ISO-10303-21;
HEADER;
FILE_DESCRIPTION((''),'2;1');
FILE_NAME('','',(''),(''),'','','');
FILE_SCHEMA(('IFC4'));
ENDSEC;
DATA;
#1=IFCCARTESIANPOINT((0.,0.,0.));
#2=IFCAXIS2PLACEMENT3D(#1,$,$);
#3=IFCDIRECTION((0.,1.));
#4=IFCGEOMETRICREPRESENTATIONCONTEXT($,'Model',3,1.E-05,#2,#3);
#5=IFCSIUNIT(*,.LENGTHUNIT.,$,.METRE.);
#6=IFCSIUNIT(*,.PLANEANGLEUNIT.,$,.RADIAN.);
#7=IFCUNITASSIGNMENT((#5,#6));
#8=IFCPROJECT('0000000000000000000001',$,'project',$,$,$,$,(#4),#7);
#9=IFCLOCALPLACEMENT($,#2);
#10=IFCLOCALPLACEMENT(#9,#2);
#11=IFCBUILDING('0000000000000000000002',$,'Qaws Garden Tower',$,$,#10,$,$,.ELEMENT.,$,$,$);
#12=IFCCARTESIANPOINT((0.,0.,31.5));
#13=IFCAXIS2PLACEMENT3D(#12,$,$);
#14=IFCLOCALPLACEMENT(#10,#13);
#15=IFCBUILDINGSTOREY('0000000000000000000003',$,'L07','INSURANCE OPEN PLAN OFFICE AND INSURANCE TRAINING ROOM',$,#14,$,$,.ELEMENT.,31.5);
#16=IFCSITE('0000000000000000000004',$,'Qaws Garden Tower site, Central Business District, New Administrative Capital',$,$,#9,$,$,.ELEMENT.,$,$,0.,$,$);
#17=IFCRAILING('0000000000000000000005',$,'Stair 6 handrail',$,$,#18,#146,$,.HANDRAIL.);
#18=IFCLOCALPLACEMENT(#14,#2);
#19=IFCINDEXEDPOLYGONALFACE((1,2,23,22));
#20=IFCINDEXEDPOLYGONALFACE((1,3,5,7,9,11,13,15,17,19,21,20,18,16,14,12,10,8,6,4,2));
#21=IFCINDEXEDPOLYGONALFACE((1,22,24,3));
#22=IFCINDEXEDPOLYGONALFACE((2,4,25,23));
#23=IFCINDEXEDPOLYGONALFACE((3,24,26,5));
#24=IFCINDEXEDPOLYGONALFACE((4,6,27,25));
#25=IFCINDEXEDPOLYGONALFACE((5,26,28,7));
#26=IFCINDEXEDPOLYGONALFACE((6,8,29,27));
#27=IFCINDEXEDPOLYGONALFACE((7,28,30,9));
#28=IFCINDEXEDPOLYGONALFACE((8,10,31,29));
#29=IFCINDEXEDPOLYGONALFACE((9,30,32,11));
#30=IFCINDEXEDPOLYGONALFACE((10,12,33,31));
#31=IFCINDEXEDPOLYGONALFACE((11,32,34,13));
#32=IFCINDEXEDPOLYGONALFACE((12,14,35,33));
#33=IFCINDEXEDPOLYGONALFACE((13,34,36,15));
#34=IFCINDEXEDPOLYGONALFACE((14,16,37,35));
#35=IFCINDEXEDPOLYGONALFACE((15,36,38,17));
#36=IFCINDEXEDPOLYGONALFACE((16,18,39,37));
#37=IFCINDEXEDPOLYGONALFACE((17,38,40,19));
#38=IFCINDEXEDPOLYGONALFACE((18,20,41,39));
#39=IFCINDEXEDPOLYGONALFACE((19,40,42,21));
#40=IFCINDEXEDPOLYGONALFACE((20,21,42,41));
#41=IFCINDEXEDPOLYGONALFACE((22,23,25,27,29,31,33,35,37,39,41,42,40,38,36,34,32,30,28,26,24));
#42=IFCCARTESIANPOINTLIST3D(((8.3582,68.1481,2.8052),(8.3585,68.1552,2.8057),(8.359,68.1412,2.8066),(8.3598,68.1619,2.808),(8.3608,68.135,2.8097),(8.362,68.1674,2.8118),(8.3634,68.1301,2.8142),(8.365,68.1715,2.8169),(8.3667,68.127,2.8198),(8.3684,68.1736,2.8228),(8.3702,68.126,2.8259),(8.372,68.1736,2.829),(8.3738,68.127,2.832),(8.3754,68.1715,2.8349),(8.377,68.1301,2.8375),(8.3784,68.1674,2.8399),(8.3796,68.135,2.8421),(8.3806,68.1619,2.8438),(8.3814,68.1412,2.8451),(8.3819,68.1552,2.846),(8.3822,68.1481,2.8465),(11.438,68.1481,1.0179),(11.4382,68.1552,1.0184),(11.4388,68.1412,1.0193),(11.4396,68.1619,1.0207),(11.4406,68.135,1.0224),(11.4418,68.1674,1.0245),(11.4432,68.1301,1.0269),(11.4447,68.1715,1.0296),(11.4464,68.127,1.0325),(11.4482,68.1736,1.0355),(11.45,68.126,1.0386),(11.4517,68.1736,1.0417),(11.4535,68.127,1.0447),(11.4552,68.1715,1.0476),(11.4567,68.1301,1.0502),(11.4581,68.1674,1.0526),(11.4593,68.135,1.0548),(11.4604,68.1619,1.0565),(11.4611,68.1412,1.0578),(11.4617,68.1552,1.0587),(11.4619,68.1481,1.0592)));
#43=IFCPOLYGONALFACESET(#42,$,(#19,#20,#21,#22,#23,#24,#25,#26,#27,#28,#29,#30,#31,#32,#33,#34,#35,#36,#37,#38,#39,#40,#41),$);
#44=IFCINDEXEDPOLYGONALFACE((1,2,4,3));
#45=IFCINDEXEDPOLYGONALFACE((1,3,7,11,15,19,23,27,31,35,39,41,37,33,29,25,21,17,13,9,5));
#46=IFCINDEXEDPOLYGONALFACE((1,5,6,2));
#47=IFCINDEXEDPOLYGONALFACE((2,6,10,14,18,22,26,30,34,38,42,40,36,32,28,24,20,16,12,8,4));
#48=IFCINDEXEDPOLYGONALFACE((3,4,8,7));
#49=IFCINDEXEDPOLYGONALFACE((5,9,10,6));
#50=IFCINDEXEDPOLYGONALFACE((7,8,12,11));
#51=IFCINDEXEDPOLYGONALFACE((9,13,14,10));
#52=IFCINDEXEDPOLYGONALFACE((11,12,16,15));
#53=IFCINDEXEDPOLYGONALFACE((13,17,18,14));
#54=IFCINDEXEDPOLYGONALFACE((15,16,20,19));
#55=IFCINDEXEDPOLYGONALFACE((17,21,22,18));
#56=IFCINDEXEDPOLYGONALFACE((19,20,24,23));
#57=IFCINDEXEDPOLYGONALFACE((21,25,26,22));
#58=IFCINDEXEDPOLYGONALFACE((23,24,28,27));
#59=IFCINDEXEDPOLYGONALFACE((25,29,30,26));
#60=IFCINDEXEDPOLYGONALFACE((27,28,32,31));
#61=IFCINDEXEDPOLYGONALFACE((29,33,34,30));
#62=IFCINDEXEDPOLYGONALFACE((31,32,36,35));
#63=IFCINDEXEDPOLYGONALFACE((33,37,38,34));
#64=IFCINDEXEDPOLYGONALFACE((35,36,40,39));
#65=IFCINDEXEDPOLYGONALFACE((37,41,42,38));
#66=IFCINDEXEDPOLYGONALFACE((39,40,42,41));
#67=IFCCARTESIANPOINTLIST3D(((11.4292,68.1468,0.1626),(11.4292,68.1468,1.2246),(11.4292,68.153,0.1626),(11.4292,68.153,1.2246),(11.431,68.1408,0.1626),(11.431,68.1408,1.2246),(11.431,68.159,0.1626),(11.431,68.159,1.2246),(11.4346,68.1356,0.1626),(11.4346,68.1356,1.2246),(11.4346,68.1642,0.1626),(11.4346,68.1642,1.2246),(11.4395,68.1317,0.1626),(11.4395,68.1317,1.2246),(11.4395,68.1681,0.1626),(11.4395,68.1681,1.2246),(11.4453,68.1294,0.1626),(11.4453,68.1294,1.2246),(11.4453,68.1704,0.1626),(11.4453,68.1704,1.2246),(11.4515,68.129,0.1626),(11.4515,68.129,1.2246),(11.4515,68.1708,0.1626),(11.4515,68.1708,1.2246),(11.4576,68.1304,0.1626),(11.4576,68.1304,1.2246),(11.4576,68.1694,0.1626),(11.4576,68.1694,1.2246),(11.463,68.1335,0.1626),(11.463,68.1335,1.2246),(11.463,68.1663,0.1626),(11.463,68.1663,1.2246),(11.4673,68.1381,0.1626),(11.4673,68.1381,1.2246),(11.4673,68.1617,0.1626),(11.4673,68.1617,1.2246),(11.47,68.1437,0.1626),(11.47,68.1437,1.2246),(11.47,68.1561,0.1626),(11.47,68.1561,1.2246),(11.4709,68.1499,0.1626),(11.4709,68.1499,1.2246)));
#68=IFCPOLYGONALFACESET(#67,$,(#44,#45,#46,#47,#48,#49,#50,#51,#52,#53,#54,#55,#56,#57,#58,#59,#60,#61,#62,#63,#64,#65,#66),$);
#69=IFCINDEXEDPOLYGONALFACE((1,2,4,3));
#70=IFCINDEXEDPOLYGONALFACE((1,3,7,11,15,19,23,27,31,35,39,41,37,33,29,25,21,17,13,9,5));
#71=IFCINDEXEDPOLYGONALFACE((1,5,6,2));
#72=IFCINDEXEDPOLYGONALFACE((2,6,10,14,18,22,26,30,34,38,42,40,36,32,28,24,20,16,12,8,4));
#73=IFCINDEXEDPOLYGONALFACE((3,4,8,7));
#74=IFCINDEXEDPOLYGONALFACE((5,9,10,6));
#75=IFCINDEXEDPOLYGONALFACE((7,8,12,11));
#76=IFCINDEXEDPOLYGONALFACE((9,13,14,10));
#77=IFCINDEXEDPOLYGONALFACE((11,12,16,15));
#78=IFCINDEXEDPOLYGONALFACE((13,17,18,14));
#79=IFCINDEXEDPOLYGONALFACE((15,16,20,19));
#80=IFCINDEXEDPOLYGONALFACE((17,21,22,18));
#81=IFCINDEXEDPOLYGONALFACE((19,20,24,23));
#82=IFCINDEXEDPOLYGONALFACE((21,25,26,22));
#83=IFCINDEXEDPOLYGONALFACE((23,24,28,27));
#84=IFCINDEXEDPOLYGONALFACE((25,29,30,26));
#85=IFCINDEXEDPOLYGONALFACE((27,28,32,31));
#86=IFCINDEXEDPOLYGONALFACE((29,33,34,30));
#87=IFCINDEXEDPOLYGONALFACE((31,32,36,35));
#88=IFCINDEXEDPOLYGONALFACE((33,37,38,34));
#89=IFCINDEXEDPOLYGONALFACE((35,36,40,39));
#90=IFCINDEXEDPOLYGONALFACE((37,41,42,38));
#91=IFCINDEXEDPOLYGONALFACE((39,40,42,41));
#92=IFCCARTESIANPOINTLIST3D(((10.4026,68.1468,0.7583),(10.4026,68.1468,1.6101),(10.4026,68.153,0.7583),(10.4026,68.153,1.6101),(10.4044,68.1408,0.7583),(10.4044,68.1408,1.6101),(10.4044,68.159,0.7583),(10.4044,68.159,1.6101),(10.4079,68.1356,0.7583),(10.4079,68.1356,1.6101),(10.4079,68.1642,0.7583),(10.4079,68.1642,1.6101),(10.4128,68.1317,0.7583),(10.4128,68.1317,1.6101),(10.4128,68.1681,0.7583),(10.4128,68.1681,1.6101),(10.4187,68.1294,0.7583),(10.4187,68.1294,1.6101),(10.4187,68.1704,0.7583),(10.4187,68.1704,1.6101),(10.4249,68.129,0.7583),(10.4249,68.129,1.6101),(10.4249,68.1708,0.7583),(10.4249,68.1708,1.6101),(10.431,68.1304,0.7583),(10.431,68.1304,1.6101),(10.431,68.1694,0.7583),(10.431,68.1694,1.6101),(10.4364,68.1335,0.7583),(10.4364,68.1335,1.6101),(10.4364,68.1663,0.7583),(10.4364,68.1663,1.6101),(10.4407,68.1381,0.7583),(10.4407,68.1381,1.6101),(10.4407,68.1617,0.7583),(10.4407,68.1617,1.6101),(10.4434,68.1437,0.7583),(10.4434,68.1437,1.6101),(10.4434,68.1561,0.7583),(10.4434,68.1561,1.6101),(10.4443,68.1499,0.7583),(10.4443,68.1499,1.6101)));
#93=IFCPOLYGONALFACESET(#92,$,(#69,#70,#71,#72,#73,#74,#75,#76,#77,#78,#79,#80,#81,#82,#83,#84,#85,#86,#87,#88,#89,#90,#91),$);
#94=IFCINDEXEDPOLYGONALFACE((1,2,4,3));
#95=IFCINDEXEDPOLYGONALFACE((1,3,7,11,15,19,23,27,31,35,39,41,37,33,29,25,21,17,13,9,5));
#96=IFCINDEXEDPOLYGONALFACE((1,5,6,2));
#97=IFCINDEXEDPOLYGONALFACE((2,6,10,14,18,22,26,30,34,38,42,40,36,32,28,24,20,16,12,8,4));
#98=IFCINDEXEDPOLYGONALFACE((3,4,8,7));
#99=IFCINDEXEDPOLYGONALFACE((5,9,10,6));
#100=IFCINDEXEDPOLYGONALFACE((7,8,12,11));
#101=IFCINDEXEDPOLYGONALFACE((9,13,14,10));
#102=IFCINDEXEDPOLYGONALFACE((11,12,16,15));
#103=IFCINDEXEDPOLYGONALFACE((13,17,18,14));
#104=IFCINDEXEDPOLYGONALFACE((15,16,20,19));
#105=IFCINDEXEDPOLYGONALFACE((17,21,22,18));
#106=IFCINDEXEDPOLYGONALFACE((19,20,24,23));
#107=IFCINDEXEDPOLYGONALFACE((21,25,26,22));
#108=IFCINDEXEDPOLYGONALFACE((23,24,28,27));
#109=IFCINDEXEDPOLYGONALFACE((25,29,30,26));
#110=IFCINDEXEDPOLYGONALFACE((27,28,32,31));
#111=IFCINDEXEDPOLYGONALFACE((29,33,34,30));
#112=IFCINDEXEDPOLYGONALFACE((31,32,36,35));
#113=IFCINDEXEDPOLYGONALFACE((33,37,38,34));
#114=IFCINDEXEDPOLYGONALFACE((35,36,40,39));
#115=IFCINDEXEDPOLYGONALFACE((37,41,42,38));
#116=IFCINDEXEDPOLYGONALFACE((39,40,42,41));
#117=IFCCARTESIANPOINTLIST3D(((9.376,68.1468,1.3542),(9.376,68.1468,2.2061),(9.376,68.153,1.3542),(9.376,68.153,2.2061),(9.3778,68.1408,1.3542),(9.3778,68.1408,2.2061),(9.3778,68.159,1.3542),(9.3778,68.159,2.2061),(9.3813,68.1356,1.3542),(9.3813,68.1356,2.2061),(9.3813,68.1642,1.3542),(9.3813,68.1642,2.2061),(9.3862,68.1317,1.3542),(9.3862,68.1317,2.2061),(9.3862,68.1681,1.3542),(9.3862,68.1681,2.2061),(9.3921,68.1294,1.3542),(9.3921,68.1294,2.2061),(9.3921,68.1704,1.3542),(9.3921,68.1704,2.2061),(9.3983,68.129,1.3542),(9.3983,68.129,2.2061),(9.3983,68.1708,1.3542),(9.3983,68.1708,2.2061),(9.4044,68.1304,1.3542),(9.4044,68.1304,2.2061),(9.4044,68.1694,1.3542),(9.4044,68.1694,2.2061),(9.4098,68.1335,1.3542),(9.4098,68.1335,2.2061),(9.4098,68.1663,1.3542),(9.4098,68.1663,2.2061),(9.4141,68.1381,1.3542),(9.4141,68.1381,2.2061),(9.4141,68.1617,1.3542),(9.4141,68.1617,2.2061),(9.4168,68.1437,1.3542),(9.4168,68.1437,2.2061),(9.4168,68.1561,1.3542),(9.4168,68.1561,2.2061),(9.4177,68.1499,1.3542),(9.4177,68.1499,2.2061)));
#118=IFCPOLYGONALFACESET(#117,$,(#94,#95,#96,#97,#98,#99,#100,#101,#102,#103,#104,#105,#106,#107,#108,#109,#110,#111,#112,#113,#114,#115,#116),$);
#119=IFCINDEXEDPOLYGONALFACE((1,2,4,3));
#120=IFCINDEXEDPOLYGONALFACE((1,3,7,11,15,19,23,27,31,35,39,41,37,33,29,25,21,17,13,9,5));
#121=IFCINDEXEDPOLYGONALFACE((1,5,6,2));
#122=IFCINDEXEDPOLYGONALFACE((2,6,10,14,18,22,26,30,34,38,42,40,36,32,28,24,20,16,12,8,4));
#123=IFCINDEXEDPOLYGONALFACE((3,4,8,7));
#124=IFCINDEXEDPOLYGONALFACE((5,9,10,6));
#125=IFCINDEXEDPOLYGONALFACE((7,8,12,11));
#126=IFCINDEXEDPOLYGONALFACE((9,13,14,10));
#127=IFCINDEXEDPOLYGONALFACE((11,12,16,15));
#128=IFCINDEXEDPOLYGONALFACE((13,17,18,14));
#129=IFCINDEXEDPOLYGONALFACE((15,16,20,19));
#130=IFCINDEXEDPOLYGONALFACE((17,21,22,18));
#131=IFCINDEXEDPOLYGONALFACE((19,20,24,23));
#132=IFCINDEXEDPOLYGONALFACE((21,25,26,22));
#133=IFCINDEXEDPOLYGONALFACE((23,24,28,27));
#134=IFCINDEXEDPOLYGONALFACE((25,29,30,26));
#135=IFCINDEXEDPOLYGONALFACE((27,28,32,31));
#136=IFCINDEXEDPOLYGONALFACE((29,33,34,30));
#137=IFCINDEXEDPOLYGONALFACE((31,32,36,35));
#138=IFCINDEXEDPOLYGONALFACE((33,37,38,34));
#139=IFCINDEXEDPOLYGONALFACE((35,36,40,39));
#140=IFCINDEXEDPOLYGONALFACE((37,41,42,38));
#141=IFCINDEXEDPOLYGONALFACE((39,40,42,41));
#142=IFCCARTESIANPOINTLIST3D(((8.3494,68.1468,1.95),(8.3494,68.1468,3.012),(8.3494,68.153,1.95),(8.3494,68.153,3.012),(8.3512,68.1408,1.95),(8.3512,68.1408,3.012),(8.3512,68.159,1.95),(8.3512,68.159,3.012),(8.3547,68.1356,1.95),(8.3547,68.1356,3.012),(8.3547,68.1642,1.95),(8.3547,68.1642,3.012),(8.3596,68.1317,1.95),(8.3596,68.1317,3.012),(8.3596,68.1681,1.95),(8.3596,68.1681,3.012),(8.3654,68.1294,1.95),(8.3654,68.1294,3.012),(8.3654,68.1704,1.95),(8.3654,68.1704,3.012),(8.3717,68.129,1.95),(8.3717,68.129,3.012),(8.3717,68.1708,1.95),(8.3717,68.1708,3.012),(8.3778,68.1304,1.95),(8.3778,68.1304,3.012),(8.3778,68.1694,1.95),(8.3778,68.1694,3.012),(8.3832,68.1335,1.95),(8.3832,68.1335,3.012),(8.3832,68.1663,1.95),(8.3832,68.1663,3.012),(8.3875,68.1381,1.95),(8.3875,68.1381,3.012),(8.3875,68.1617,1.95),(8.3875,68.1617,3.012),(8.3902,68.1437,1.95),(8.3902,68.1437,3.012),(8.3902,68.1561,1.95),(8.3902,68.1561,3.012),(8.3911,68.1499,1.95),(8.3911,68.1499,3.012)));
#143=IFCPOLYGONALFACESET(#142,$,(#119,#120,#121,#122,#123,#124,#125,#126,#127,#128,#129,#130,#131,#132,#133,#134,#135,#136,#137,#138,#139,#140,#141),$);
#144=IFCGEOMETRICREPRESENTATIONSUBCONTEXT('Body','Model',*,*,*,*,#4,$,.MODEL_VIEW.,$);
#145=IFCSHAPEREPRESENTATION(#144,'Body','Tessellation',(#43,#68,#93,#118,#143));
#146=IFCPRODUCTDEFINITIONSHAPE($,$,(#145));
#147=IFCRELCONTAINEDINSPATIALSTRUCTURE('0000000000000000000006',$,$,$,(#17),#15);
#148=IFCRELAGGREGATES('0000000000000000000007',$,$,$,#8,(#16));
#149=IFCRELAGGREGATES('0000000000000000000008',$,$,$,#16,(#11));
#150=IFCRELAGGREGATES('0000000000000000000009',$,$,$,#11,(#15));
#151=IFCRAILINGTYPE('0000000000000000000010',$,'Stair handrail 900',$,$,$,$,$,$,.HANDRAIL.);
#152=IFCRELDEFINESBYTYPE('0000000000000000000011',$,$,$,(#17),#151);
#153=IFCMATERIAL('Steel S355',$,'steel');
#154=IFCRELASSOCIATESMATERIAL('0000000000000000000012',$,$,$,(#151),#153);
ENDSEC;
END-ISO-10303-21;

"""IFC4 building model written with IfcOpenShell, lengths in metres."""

from ifc_helpers import new_model, si_unit, direction, frame, origin, origin_2d, place, context, subcontext, project, spatial, circle, extrude, material, type_object, element, save


model = new_model("IFC4")

# Units and contexts
model_context = context("Model", 3, precision=1e-05, world=origin(), true_north=direction((0.0, 1.0)))
body_context = subcontext(model_context, "Body", "Model", "MODEL_VIEW")
ifc_project = project(units=[si_unit("LENGTHUNIT", "METRE"), si_unit("PLANEANGLEUNIT", "RADIAN")], contexts=[model_context])

# Site, building, storey
site_placement = place(None, origin())
site = spatial("IfcSite", under=ifc_project, at=site_placement, Name="Qaws Garden Tower site, Central Business District, New Administrative Capital", CompositionType="ELEMENT", RefElevation=0.0)
building_placement = place(site_placement, origin())
building = spatial("IfcBuilding", under=site, at=building_placement, Name="Qaws Garden Tower", CompositionType="ELEMENT")
storey_placement = place(building_placement, frame((0.0, 0.0, 31.5)))
storey = spatial("IfcBuildingStorey", under=building, at=storey_placement, Name="L07", Description="INSURANCE OPEN PLAN OFFICE AND INSURANCE TRAINING ROOM", CompositionType="ELEMENT", Elevation=31.5)

# Railing
ifc_material_1 = material(Name="Steel S355", Category="steel")
railing_type = type_object("IfcRailingType", Name="Stair handrail 900", PredefinedType="HANDRAIL", material=ifc_material_1)
railing_1_placement = place(storey_placement, frame((11.45, 68.1499, 0.1626)))
element("IfcRailing", 1, at=railing_1_placement, inside=storey, type_object=railing_type, Name="Stair 6 handrail", PredefinedType="HANDRAIL", context=body_context, shape_type="SweptSolid", body=[
    extrude(circle(Radius=0.0239, at=origin_2d()), frame((0.0, 0.0, 0.876), z_axis=(-0.864903, 0.0, 0.501939), x_axis=(0.0, -1.0, 0.0)), (0.0, 0.0, 1.0), 3.5608),
    extrude(circle(Radius=0.021, at=origin_2d()), origin(), (0.0, 0.0, 1.0), 1.062),
    extrude(circle(Radius=0.021, at=origin_2d()), frame((-1.0266, 0.0, 0.5957)), (0.0, 0.0, 1.0), 0.8518),
    extrude(circle(Radius=0.021, at=origin_2d()), frame((-2.0532, 0.0, 1.1917)), (0.0, 0.0, 1.0), 0.8518),
    extrude(circle(Radius=0.021, at=origin_2d()), frame((-3.0798, 0.0, 1.7874)), (0.0, 0.0, 1.0), 1.062),
])

save(model, "model.ifc")
